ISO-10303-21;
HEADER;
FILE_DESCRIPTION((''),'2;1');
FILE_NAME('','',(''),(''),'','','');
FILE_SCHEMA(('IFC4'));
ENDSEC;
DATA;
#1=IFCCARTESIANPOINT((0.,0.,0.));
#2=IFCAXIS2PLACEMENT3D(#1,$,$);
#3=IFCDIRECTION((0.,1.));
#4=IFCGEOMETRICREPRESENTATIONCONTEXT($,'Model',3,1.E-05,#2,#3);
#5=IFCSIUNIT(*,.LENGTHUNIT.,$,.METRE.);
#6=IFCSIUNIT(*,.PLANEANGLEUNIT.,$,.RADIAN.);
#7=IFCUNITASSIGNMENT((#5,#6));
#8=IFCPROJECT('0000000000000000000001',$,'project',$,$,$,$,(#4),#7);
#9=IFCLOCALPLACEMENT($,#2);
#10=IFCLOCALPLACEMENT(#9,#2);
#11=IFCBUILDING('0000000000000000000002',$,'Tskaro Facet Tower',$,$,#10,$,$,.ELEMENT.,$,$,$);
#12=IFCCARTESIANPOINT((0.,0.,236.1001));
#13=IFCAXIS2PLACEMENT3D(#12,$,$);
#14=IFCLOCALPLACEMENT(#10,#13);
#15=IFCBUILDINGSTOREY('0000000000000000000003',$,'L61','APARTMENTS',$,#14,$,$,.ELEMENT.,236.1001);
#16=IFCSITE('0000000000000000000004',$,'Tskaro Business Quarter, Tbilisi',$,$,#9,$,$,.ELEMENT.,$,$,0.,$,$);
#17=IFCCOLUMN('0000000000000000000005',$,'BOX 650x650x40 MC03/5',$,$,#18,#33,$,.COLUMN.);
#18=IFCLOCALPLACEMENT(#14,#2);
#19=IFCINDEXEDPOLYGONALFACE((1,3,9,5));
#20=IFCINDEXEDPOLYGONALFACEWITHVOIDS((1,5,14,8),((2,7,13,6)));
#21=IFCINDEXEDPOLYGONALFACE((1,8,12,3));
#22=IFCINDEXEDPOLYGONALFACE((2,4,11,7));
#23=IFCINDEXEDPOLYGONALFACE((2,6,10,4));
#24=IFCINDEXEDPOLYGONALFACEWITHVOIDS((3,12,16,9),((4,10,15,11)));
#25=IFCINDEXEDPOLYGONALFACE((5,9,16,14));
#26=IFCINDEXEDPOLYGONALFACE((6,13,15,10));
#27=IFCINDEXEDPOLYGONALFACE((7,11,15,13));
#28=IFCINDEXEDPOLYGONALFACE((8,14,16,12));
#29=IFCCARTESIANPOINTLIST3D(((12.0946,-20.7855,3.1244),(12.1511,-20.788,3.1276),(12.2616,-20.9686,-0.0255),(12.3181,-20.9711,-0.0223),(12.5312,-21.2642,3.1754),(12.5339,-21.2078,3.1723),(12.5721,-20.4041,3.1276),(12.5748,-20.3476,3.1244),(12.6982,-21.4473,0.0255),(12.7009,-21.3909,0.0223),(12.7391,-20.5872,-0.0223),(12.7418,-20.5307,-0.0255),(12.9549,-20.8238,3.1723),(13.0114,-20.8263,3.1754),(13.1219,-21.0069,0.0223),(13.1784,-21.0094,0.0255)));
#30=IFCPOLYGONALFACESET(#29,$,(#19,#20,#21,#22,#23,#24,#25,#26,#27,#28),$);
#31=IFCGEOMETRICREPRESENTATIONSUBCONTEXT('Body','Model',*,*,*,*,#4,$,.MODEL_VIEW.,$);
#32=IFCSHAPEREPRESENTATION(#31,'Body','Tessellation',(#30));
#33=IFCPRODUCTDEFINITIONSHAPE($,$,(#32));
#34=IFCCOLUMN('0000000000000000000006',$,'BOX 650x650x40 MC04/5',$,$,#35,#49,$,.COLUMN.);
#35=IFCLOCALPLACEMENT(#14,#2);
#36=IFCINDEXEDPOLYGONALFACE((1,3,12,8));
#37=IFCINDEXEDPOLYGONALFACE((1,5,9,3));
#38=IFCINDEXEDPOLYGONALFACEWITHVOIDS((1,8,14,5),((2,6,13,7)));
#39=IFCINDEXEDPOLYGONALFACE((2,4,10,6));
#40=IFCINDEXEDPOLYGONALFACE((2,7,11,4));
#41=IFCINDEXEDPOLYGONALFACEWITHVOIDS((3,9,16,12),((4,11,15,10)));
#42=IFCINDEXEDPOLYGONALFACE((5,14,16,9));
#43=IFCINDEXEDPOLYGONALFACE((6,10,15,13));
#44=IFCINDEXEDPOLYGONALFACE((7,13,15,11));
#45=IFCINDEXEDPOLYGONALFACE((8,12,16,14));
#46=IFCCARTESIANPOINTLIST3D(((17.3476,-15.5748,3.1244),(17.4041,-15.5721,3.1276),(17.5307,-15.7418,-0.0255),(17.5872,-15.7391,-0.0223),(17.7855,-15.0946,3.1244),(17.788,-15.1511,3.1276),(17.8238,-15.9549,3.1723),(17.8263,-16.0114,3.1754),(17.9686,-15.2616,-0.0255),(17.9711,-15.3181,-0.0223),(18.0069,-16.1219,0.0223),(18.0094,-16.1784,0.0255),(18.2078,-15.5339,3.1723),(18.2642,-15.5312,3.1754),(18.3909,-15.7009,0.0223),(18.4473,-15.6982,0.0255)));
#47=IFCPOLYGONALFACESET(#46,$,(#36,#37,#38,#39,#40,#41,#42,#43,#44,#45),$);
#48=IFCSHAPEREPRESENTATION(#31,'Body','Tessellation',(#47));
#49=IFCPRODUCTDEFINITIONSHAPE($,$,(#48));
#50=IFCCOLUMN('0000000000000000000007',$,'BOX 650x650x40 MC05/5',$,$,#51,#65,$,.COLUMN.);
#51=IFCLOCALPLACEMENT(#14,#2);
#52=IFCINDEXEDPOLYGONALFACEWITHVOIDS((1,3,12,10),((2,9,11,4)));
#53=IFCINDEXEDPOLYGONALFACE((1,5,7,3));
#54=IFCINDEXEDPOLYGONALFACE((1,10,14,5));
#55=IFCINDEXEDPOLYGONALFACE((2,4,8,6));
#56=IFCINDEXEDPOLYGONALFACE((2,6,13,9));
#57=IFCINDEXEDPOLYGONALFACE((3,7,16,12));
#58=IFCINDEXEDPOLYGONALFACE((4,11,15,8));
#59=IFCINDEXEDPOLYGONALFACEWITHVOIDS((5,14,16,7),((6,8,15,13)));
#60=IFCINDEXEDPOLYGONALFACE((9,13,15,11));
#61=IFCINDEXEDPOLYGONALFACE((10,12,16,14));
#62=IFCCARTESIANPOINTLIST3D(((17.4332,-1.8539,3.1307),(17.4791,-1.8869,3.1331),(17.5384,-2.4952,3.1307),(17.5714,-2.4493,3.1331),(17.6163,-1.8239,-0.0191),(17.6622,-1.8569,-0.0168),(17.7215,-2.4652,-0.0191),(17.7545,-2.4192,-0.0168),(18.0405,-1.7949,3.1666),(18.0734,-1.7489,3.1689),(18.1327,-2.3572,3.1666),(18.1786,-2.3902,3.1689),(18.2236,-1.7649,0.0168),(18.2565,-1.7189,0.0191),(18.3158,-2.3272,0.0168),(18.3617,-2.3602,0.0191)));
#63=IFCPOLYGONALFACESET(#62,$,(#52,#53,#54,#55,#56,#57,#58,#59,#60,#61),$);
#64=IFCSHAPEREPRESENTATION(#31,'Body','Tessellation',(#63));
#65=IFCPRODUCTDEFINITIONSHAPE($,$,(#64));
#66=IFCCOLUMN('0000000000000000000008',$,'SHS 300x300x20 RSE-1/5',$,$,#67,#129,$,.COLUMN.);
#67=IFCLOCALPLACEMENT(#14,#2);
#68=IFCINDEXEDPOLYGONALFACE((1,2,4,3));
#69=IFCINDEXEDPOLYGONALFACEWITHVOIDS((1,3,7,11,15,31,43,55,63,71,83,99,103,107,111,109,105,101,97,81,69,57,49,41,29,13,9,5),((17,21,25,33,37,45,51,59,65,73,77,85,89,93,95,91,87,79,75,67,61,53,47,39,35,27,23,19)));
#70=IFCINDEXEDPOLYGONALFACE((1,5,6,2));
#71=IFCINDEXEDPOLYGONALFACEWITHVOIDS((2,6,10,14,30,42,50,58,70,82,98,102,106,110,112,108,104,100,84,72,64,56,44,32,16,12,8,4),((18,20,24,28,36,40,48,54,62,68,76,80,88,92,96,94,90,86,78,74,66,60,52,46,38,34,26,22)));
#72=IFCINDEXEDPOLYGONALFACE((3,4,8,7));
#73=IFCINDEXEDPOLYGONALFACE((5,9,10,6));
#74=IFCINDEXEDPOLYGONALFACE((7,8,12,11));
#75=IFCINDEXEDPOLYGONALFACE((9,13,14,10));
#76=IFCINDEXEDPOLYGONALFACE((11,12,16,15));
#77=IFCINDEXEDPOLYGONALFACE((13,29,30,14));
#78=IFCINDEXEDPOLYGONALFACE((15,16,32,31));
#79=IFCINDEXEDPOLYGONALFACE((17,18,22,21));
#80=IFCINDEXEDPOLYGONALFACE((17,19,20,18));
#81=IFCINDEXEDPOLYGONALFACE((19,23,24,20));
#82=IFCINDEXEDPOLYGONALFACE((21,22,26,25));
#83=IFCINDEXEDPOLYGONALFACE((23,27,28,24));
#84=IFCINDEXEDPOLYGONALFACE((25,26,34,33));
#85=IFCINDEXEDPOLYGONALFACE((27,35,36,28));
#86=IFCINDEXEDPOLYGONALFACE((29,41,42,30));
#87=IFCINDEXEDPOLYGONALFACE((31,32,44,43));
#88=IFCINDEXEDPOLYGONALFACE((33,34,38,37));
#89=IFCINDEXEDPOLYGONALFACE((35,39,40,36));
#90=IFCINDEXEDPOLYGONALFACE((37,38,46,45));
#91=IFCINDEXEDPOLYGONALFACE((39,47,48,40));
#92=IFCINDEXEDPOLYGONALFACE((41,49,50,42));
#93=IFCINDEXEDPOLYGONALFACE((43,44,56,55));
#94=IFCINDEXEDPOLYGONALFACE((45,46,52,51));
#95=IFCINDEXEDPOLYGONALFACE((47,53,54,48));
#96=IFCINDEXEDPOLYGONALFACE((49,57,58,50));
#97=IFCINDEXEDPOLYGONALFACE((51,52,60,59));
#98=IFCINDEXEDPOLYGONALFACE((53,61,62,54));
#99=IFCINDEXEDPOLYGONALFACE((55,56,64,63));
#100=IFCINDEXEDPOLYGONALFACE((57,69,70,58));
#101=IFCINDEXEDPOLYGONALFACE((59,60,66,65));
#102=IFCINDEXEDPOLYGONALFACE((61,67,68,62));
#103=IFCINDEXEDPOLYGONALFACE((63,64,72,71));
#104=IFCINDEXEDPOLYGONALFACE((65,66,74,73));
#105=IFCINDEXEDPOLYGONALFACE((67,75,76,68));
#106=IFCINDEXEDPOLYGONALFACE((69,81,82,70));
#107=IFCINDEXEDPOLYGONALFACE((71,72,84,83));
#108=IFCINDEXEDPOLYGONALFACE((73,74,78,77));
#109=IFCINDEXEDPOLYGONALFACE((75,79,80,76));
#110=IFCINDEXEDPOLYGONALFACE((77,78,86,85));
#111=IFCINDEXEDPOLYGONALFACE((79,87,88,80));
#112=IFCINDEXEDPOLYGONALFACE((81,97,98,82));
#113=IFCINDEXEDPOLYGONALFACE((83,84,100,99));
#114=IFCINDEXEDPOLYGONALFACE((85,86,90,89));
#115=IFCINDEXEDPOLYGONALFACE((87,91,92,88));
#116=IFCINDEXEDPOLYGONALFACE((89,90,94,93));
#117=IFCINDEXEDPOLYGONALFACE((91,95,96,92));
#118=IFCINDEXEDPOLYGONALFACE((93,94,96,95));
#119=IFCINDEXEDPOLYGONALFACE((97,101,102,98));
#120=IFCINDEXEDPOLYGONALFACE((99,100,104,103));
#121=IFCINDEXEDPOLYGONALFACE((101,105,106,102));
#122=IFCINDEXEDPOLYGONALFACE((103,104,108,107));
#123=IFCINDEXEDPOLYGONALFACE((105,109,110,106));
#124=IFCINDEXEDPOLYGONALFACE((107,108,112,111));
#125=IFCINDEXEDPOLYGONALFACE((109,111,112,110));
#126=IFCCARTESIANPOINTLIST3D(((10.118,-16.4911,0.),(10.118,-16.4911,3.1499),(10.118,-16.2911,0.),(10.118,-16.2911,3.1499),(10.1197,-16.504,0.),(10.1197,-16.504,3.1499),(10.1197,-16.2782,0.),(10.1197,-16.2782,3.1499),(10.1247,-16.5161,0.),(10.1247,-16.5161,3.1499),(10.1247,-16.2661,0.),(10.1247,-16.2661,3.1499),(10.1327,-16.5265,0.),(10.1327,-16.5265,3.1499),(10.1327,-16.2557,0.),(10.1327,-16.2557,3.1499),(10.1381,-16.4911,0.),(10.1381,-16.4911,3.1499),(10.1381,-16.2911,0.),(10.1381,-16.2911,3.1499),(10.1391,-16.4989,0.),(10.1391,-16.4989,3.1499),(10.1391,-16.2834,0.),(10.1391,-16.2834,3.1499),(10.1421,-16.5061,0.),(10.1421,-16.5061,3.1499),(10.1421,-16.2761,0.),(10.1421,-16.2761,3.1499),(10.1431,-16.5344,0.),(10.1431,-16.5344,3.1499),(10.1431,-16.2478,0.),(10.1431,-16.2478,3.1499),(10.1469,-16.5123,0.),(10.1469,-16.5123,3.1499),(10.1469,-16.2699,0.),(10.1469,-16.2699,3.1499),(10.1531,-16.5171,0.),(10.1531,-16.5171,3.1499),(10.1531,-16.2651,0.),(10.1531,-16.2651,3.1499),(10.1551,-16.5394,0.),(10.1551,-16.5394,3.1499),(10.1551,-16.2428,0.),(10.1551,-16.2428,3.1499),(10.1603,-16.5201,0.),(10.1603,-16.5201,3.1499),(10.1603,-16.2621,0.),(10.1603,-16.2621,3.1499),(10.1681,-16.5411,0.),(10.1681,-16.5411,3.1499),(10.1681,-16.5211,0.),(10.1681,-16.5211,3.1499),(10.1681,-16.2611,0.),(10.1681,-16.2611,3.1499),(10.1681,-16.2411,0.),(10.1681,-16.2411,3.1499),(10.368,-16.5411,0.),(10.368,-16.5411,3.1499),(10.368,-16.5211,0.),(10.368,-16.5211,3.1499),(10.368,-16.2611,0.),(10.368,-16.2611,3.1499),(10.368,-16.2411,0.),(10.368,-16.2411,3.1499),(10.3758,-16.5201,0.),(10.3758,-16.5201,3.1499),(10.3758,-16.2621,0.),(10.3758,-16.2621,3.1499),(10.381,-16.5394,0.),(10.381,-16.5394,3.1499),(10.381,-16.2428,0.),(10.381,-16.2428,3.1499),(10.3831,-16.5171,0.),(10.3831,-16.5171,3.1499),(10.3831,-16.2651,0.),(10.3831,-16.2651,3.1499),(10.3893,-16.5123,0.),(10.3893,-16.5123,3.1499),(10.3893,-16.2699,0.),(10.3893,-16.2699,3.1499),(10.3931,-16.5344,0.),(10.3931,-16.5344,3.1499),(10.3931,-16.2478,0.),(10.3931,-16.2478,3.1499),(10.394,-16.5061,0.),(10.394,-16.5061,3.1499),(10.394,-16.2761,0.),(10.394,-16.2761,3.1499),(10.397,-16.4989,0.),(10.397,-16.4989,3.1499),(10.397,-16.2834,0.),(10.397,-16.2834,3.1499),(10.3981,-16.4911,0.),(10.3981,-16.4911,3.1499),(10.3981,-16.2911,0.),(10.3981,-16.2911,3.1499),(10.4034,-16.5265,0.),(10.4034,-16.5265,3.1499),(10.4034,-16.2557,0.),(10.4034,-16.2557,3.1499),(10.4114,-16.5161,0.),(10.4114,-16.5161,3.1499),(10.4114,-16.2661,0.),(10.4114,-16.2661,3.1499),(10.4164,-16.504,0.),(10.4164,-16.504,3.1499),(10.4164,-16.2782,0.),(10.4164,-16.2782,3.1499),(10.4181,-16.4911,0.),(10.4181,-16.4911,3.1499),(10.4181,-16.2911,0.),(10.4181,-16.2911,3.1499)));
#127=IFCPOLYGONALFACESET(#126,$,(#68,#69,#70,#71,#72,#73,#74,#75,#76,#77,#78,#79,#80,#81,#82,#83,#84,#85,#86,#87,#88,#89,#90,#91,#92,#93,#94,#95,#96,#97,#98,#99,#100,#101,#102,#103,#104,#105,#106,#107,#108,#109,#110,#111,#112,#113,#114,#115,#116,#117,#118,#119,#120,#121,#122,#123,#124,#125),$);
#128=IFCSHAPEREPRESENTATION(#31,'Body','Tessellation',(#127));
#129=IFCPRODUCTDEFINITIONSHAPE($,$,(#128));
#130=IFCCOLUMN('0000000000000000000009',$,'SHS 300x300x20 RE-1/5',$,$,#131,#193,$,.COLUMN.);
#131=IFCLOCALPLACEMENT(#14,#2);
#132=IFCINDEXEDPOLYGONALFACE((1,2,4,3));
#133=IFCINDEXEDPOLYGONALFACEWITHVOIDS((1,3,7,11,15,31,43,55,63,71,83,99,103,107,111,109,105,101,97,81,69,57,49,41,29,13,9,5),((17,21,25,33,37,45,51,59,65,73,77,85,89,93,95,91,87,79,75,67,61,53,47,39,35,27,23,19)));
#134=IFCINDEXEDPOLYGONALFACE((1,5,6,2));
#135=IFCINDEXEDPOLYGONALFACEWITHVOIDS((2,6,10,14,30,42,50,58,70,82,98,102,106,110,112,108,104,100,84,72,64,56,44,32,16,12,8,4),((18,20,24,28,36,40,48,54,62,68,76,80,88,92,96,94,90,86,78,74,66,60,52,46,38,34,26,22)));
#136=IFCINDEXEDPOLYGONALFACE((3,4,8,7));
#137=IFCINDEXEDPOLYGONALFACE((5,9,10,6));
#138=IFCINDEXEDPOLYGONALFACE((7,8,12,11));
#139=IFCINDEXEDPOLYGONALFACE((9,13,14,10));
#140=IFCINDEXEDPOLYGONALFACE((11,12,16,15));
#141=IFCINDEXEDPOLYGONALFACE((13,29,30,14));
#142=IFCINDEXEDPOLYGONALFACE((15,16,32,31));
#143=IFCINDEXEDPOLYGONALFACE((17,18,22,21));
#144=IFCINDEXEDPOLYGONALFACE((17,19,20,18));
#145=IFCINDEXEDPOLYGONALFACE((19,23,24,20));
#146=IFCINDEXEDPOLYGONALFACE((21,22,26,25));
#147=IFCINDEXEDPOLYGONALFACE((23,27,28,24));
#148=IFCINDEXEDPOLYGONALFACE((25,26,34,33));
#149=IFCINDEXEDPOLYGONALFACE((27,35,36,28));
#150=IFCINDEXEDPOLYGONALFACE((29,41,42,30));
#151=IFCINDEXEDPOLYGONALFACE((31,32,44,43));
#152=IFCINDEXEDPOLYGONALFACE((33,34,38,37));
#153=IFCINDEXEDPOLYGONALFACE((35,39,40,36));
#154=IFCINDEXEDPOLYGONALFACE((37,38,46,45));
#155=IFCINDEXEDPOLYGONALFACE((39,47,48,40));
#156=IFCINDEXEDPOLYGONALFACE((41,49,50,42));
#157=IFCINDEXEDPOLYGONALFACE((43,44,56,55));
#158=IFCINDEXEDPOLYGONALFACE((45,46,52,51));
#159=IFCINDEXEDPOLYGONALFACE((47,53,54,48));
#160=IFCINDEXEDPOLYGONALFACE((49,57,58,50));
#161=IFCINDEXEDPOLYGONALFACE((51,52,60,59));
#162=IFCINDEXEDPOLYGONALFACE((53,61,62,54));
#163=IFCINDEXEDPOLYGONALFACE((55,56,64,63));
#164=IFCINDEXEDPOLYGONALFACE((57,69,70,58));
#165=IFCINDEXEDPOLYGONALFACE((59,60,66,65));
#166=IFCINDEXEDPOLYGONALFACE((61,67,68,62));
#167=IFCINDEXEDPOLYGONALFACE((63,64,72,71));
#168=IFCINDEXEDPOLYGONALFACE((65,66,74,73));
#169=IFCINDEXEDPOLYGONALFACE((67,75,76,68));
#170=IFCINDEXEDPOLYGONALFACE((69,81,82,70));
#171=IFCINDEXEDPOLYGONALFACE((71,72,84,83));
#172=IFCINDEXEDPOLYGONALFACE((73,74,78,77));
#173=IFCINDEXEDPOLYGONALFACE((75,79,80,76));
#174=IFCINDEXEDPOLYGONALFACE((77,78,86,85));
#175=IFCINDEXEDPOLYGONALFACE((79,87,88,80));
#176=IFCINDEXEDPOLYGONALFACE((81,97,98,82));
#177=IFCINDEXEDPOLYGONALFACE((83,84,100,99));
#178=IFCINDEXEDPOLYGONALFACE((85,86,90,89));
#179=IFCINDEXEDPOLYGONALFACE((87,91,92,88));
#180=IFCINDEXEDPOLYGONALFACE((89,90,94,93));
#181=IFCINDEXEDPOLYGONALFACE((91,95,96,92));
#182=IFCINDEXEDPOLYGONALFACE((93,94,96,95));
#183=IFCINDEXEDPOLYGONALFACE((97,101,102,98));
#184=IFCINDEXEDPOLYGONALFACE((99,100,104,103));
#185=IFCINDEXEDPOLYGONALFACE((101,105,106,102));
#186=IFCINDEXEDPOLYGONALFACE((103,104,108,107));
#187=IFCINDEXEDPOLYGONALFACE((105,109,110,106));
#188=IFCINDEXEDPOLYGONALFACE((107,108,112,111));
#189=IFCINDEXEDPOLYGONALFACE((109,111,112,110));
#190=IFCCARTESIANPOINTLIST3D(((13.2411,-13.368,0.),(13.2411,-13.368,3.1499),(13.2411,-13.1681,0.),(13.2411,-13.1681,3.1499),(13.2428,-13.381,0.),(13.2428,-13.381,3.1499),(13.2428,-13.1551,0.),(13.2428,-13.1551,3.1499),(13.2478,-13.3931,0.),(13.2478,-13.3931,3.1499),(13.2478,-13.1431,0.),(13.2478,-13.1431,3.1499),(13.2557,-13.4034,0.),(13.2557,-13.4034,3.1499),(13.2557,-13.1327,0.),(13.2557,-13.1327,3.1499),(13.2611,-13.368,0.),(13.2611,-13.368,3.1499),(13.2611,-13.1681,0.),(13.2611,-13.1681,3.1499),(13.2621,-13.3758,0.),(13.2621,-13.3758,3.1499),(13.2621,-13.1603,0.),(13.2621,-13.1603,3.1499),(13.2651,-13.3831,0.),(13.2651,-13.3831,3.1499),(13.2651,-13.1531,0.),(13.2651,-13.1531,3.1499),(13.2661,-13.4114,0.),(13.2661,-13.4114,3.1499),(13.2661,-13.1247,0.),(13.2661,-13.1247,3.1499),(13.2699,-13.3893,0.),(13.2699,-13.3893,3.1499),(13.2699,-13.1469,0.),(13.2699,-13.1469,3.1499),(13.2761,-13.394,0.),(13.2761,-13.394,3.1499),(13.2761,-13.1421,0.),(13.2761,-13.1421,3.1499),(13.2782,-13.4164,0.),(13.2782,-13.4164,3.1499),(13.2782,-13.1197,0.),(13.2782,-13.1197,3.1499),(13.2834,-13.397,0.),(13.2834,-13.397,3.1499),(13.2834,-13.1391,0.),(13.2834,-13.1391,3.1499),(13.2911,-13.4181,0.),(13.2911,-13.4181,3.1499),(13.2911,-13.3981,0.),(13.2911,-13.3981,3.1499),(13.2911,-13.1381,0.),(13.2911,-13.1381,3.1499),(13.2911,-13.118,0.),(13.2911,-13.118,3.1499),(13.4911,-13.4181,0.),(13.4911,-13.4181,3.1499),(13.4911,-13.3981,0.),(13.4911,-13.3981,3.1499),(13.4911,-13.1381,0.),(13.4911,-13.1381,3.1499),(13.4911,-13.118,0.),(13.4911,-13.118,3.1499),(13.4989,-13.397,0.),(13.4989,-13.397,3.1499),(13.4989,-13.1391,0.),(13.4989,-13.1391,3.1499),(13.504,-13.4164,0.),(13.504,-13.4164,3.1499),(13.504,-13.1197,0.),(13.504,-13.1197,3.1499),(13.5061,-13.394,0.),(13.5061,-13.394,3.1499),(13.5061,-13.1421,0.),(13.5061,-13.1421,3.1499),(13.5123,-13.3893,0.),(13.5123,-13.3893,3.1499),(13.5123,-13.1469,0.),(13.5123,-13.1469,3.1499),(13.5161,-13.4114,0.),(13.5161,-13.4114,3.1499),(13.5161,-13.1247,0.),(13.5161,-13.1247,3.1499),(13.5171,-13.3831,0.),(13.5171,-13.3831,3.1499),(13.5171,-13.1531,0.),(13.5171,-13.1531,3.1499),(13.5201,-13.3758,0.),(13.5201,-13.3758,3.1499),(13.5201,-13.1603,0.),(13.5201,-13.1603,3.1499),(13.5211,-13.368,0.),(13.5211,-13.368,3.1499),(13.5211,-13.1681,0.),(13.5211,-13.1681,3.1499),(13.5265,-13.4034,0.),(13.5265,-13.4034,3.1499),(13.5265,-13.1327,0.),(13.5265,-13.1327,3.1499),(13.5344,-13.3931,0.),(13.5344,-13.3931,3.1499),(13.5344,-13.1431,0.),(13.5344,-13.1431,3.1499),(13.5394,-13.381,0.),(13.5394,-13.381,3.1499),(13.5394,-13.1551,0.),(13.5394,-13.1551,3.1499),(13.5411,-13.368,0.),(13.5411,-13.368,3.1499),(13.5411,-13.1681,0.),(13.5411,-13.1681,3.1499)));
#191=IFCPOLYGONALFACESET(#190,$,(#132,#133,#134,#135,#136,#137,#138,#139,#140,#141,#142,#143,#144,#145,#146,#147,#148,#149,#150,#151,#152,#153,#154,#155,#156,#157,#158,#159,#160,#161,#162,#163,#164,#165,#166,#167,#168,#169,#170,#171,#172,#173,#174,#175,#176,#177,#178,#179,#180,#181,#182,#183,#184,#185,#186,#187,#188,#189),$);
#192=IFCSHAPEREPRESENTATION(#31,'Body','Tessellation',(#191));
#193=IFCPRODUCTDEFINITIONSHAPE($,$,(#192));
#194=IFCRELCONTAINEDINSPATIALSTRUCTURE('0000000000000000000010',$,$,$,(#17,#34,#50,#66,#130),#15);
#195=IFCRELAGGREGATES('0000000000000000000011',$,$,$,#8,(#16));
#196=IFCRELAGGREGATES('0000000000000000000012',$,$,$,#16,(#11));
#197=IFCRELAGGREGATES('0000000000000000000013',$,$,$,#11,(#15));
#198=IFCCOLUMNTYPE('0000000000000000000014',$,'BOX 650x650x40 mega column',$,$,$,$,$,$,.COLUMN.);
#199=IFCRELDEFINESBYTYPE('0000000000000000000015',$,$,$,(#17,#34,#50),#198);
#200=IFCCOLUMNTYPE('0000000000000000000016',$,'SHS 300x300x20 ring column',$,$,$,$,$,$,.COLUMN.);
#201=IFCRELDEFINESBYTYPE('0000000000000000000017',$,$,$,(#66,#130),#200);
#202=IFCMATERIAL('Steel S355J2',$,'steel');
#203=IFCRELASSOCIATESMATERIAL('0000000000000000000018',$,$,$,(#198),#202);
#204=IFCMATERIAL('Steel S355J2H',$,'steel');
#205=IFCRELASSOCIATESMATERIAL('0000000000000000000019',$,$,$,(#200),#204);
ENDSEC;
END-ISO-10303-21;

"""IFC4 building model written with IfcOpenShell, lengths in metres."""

from ifc_helpers import new_model, si_unit, direction, frame, origin, origin_2d, place, context, subcontext, project, spatial, hollow_rectangle, extrude, material, material_profile, profile_set, type_object, element, save


model = new_model("IFC4")

# Units and contexts
model_context = context("Model", 3, precision=1e-05, world=origin(), true_north=direction((0.0, 1.0)))
body_context = subcontext(model_context, "Body", "Model", "MODEL_VIEW")
ifc_project = project(units=[si_unit("LENGTHUNIT", "METRE"), si_unit("PLANEANGLEUNIT", "RADIAN")], contexts=[model_context])

# Site, building, storey
site_placement = place(None, origin())
site = spatial("IfcSite", under=ifc_project, at=site_placement, Name="Tskaro Business Quarter, Tbilisi", CompositionType="ELEMENT", RefElevation=0.0)
building_placement = place(site_placement, origin())
building = spatial("IfcBuilding", under=site, at=building_placement, Name="Tskaro Facet Tower", CompositionType="ELEMENT")
storey_placement = place(building_placement, frame((0.0, 0.0, 236.1001)))
storey = spatial("IfcBuildingStorey", under=building, at=storey_placement, Name="L61", Description="APARTMENTS", CompositionType="ELEMENT", Elevation=236.1001)

# Columns
ifc_material_1 = material(Name="Steel S355J2", Category="steel")
ifc_material_profile_1 = material_profile(ifc_material_1, hollow_rectangle(XDim=0.6499, YDim=0.6499, WallThickness=0.04, at=origin_2d()), Name="BOX 650x650x40")
ifc_profile_set_1 = profile_set([ifc_material_profile_1], Name="Steel S355J2")
column_type_1 = type_object("IfcColumnType", Name="BOX 650x650x40 mega column", PredefinedType="COLUMN", material=ifc_profile_set_1)
for number, where, z_axis, x_axis, name in (
    (1, (12.72, -20.989, 0.0), (-0.052852, 0.057951, 0.996919), (-0.738869, -0.673849, 0.0), "BOX 650x650x40 MC03/5"),
    (2, (17.989, -15.72, 0.0), (-0.057951, 0.052852, 0.996919), (-0.673849, -0.738869, 0.0), "BOX 650x650x40 MC04/5"),
):
    element("IfcColumn", number, at=place(storey_placement, frame(where, z_axis=z_axis, x_axis=x_axis)), inside=storey, type_object=column_type_1, Name=name, PredefinedType="COLUMN", context=body_context, shape_type="SweptSolid", body=[
        extrude(hollow_rectangle(XDim=0.6499, YDim=0.6499, WallThickness=0.04, at=origin_2d()), origin(), (0.0, 0.0, 1.0), 3.1597),
    ])
column_placement = place(storey_placement, frame((17.989, -2.092, 0.0), z_axis=(-0.05803, -0.009517, 0.998269), x_axis=(0.161838, -0.986817, 0.0)))
element("IfcColumn", 3, at=column_placement, inside=storey, type_object=column_type_1, Name="BOX 650x650x40 MC05/5", PredefinedType="COLUMN", context=body_context, shape_type="SweptSolid", body=[
    extrude(hollow_rectangle(XDim=0.6499, YDim=0.6499, WallThickness=0.04, at=origin_2d()), origin(), (0.0, 0.0, 1.0), 3.1553),
])
ifc_material_2 = material(Name="Steel S355J2H", Category="steel")
ifc_material_profile_2 = material_profile(ifc_material_2, hollow_rectangle(XDim=0.3, YDim=0.3, WallThickness=0.02, InnerFilletRadius=0.03, OuterFilletRadius=0.05, at=origin_2d()), Name="SHS 300x300x20")
ifc_profile_set_2 = profile_set([ifc_material_profile_2], Name="Steel S355J2H")
column_type_2 = type_object("IfcColumnType", Name="SHS 300x300x20 ring column", PredefinedType="COLUMN", material=ifc_profile_set_2)
for number, where, z_axis, x_axis, name in (
    (4, (10.2681, -16.3911, 0.0), (0.0, 0.0, 1.0), (1.0, 0.0, 0.0), "SHS 300x300x20 RSE-1/5"),
    (5, (13.3911, -13.2681, 0.0), (0.0, 0.0, 1.0), (1.0, 0.0, 0.0), "SHS 300x300x20 RE-1/5"),
):
    element("IfcColumn", number, at=place(storey_placement, frame(where, z_axis=z_axis, x_axis=x_axis)), inside=storey, type_object=column_type_2, Name=name, PredefinedType="COLUMN", context=body_context, shape_type="SweptSolid", body=[
        extrude(hollow_rectangle(XDim=0.3, YDim=0.3, WallThickness=0.02, InnerFilletRadius=0.03, OuterFilletRadius=0.05, at=origin_2d()), origin(), (0.0, 0.0, 1.0), 3.1499),
    ])

save(model, "model.ifc")
